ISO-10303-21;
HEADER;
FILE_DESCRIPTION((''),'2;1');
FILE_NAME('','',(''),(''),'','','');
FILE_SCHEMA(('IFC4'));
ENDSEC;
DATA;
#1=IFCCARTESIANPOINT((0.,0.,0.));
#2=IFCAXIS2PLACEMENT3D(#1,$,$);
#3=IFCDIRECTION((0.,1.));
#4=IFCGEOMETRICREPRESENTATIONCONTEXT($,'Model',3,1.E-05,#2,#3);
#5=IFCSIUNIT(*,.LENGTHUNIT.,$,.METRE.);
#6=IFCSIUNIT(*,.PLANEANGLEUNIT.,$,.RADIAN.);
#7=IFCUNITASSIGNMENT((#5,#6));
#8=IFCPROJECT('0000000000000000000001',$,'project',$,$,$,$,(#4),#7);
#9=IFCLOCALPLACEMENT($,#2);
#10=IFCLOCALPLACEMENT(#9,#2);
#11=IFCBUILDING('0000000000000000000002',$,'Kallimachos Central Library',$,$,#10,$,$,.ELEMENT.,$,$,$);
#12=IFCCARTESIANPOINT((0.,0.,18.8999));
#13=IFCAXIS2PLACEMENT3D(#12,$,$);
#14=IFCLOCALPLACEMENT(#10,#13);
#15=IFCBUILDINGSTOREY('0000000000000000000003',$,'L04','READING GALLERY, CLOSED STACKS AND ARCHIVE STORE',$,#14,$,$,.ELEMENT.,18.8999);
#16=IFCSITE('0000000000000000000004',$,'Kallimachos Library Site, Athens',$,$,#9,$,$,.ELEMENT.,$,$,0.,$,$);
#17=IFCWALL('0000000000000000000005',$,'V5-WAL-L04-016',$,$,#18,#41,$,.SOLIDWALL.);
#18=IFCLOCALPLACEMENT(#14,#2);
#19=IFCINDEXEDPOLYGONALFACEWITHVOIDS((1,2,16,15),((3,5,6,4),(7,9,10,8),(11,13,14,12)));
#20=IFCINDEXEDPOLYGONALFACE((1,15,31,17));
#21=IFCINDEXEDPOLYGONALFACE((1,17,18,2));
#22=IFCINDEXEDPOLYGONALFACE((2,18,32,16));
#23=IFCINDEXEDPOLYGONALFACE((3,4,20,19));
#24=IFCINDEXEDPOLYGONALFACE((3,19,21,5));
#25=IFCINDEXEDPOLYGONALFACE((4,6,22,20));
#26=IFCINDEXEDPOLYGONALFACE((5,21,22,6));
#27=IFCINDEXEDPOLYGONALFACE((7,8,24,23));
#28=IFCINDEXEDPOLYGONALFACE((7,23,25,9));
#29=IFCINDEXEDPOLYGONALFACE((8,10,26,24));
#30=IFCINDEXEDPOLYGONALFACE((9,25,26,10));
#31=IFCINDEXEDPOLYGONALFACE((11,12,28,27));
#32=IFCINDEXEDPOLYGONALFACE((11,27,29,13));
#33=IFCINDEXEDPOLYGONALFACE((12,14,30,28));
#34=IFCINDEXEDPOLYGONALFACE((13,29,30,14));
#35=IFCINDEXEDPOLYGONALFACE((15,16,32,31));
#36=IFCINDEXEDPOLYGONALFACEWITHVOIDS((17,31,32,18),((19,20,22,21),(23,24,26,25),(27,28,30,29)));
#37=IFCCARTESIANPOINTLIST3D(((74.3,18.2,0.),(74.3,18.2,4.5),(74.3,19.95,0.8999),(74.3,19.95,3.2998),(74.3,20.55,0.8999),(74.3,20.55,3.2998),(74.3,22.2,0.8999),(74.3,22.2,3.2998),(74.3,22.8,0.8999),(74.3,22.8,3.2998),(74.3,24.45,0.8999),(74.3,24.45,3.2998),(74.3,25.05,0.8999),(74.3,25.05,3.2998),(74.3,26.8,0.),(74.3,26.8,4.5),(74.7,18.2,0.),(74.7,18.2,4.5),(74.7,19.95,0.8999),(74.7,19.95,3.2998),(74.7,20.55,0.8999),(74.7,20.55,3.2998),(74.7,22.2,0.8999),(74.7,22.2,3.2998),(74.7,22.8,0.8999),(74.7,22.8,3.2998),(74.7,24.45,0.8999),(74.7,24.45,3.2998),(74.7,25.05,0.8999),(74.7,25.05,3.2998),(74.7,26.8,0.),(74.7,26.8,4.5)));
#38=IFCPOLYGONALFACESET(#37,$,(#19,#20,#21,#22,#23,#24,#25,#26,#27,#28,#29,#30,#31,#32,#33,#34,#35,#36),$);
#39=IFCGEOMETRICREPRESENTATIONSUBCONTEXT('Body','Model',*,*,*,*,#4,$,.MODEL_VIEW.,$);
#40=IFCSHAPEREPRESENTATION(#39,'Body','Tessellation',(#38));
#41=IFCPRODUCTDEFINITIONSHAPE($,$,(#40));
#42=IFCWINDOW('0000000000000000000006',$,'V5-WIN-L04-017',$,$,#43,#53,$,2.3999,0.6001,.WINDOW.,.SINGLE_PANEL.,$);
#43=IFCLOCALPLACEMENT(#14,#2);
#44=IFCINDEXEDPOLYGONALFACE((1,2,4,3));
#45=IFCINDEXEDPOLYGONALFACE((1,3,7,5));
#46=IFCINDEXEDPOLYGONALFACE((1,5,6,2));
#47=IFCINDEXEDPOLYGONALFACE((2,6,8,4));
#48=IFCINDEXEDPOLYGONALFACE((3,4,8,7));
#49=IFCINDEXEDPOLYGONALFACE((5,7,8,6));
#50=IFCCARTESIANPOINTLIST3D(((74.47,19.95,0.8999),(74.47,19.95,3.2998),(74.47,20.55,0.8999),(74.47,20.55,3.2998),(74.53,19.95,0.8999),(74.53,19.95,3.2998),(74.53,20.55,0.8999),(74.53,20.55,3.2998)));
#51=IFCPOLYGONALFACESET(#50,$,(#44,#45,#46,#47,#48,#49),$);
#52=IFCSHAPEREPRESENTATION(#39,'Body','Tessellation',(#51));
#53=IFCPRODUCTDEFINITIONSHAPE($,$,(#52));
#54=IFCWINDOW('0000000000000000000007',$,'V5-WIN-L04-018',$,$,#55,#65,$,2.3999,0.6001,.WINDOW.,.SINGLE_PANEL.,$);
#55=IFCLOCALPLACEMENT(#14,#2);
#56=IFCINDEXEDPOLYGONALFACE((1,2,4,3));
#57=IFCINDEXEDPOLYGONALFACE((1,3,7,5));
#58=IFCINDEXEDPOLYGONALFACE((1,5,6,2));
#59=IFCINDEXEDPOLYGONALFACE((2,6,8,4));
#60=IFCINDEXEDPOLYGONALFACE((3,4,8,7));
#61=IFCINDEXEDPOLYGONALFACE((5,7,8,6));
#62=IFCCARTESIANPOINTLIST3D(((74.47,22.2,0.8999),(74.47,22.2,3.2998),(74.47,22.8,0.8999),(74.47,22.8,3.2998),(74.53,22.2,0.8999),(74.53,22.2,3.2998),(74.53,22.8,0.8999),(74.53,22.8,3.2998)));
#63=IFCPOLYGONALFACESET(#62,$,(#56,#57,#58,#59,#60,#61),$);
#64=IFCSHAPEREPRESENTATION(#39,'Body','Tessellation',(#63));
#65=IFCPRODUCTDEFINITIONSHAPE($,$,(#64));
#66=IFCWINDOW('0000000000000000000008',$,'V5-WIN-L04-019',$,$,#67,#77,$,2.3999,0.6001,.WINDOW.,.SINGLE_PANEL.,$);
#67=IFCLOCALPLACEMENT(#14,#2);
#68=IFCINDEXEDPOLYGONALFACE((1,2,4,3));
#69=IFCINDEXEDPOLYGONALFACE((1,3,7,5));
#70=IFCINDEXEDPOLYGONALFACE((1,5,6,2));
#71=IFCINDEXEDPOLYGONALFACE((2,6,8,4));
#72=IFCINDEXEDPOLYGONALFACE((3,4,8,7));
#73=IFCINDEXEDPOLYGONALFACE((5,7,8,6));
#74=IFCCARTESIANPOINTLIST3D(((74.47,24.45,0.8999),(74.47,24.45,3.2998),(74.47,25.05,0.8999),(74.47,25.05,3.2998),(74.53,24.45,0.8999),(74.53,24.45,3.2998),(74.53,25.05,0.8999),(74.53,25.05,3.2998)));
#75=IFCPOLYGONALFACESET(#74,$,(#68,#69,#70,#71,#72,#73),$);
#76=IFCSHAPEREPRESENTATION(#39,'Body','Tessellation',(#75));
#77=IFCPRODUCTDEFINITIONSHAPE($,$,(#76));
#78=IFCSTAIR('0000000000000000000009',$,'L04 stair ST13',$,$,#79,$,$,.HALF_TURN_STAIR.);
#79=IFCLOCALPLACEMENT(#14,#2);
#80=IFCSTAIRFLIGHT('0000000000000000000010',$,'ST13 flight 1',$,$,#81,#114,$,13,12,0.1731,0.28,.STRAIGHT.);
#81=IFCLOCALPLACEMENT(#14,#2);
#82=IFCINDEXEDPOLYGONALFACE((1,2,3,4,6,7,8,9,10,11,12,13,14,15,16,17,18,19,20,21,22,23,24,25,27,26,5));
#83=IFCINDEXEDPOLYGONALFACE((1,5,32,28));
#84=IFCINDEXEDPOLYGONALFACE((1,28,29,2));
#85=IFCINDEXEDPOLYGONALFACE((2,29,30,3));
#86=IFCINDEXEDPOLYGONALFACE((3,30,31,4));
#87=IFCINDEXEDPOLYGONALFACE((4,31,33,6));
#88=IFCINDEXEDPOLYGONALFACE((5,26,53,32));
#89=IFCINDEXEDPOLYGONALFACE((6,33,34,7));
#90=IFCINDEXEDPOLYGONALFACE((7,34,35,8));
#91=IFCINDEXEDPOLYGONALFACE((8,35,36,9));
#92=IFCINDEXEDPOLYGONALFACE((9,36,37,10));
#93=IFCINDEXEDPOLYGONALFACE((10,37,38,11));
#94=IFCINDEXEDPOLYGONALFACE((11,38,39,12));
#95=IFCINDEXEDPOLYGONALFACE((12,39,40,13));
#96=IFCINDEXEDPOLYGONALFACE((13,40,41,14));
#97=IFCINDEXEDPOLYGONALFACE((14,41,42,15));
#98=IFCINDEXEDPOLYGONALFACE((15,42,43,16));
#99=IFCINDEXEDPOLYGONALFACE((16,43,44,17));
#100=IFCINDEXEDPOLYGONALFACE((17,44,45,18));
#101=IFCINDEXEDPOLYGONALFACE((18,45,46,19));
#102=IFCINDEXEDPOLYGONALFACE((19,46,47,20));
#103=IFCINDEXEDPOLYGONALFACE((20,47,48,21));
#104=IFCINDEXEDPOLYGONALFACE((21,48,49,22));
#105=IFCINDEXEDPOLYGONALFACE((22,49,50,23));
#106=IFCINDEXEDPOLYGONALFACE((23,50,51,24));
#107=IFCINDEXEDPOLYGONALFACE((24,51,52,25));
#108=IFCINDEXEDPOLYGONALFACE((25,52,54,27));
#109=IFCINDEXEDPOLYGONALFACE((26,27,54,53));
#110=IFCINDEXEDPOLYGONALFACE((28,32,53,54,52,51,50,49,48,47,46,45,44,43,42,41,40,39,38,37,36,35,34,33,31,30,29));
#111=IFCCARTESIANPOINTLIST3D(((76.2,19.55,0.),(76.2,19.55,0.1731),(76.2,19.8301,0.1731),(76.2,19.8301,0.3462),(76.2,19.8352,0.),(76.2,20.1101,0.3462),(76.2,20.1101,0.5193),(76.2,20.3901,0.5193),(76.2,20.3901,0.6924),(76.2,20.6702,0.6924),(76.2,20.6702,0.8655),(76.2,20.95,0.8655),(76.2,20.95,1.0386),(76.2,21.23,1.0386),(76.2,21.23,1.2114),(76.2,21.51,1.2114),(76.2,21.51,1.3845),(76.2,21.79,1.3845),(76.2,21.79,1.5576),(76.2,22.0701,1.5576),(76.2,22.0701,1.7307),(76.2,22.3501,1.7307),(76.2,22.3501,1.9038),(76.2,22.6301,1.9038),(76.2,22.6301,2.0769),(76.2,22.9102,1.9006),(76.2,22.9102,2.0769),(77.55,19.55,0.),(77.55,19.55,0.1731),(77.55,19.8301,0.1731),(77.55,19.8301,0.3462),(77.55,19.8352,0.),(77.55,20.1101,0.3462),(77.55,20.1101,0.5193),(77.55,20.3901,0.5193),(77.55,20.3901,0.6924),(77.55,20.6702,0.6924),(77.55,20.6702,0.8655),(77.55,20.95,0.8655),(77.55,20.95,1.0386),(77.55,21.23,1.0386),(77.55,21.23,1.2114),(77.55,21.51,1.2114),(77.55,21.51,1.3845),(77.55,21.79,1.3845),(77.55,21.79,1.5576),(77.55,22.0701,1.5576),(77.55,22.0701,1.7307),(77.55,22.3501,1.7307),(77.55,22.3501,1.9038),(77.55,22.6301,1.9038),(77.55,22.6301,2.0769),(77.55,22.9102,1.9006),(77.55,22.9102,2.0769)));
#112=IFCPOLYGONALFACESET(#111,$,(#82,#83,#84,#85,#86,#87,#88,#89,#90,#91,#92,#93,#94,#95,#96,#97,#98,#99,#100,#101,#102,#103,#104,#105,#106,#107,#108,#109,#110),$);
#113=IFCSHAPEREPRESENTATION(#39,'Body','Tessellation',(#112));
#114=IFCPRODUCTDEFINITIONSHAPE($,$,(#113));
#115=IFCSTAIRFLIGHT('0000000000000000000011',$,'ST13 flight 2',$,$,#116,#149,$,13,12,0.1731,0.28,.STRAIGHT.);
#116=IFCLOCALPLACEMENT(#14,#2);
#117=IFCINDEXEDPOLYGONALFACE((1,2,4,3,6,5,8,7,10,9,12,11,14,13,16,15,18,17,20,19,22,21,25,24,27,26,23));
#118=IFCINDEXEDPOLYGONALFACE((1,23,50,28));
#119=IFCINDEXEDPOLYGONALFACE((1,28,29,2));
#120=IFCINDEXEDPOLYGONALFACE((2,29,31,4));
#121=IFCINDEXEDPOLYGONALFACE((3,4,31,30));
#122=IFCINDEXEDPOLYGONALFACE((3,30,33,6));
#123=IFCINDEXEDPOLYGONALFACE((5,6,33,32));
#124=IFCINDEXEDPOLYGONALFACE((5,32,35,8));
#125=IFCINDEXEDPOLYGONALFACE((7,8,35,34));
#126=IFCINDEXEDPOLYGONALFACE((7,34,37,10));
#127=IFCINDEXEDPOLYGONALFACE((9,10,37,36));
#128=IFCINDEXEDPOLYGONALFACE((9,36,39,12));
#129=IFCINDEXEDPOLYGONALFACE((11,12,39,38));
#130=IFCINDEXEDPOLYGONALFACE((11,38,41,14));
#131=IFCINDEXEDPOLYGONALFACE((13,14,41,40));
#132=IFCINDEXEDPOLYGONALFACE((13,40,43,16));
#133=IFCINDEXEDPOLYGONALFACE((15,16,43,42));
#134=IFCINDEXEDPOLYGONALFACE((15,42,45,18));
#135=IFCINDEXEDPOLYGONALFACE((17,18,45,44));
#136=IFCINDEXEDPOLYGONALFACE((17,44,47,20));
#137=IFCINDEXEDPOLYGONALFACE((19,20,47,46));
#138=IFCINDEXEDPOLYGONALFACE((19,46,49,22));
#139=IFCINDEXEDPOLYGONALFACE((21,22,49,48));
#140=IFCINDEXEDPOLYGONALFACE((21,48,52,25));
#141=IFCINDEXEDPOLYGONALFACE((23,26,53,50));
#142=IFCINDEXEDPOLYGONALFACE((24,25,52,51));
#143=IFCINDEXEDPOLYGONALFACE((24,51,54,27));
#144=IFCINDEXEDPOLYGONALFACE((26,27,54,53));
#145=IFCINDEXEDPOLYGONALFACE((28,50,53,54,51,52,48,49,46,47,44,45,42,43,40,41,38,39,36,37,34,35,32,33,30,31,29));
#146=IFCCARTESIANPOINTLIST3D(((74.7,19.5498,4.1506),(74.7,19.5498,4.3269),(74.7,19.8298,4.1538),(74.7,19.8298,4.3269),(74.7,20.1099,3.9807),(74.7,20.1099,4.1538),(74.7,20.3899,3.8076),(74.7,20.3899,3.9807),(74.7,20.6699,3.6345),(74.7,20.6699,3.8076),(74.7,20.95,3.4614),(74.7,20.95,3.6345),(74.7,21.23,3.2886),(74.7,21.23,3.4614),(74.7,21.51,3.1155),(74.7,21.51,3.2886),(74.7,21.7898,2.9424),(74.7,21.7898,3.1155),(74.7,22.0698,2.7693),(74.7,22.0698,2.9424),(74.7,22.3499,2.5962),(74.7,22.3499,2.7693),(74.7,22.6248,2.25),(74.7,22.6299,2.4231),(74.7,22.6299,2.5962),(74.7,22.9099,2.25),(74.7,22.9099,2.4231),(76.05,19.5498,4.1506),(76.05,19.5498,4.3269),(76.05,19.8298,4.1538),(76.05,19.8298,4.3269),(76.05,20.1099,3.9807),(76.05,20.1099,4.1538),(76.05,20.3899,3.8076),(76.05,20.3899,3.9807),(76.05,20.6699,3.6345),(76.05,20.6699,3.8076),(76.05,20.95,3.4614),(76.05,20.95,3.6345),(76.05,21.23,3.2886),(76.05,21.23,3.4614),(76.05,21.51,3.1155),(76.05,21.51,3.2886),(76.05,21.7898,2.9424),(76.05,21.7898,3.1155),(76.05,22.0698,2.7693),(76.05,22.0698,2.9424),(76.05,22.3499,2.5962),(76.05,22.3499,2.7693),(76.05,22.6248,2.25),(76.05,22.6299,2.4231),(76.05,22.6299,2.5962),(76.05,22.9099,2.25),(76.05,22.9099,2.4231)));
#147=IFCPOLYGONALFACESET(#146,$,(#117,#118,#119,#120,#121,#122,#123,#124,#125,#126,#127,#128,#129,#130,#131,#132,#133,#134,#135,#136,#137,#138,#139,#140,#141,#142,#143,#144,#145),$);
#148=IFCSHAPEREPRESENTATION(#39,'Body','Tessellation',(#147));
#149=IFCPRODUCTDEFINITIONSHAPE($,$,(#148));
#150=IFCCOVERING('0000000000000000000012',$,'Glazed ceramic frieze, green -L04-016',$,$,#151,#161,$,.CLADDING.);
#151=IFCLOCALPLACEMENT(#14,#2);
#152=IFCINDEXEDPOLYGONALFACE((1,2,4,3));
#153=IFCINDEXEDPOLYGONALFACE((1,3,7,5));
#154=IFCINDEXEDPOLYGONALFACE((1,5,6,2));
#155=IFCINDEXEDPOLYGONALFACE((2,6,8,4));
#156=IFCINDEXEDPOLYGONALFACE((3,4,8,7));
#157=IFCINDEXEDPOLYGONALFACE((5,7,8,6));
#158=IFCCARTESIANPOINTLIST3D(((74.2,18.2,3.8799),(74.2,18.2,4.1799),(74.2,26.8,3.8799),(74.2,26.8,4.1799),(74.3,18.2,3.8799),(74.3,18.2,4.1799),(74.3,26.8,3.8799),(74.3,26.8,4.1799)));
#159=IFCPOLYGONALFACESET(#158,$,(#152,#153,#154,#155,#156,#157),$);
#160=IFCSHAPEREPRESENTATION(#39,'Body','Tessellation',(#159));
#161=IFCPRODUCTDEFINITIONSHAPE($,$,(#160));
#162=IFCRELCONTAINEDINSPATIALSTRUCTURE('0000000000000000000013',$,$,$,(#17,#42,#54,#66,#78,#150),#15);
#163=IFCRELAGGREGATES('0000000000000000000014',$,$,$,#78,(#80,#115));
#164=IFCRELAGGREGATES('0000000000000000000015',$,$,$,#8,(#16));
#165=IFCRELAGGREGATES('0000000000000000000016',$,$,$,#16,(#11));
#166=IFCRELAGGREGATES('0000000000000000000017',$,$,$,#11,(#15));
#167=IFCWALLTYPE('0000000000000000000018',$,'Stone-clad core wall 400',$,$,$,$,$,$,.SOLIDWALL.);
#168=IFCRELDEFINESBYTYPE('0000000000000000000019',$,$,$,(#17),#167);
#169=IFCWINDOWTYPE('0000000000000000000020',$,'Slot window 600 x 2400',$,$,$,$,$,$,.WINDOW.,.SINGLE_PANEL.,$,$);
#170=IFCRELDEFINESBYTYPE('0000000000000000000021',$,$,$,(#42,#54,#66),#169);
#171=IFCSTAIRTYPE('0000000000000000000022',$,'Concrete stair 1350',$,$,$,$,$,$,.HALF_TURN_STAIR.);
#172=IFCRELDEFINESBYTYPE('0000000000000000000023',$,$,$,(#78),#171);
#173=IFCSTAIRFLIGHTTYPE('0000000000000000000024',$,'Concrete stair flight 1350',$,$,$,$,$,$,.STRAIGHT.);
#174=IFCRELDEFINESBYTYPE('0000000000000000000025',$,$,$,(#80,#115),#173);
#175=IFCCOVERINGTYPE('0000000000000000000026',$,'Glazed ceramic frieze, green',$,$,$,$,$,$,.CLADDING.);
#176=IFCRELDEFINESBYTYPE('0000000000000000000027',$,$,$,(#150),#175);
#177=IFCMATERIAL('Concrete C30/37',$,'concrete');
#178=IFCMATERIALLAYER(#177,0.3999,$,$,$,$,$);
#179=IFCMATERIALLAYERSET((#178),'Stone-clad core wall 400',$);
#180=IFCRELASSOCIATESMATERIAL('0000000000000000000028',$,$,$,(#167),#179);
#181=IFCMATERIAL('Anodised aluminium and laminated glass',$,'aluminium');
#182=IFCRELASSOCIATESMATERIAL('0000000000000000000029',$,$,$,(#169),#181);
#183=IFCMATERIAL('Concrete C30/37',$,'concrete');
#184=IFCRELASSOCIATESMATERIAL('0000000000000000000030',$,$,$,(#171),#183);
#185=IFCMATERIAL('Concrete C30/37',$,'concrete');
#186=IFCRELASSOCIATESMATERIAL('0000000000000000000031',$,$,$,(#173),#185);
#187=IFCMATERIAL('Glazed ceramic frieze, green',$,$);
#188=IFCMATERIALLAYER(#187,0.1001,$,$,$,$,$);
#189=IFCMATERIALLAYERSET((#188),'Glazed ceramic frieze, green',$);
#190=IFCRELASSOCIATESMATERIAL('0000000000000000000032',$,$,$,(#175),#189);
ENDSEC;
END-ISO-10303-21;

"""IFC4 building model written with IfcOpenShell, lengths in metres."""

from ifc_helpers import new_model, si_unit, direction, frame, frame_2d, origin, origin_2d, place, context, subcontext, project, spatial, polyline, rectangle, outline, extrude, material, layer, layer_set, type_object, element, fill, aggregate, save


model = new_model("IFC4")

# Units and contexts
model_context = context("Model", 3, precision=1e-05, world=origin(), true_north=direction((0.0, 1.0)))
body_context = subcontext(model_context, "Body", "Model", "MODEL_VIEW")
ifc_project = project(units=[si_unit("LENGTHUNIT", "METRE"), si_unit("PLANEANGLEUNIT", "RADIAN")], contexts=[model_context])

# Site, building, storey
site_placement = place(None, origin())
site = spatial("IfcSite", under=ifc_project, at=site_placement, Name="Kallimachos Library Site, Athens", CompositionType="ELEMENT", RefElevation=0.0)
building_placement = place(site_placement, origin())
building = spatial("IfcBuilding", under=site, at=building_placement, Name="Kallimachos Central Library", CompositionType="ELEMENT")
storey_placement = place(building_placement, frame((0.0, 0.0, 18.8999)))
storey = spatial("IfcBuildingStorey", under=building, at=storey_placement, Name="L04", Description="READING GALLERY, CLOSED STACKS AND ARCHIVE STORE", CompositionType="ELEMENT", Elevation=18.8999)

# Wall, openings, windows
ifc_material_1 = material(Name="Concrete C30/37", Category="concrete")
ifc_layer_1 = layer(ifc_material_1, 0.3999)
ifc_layer_set_1 = layer_set([ifc_layer_1], Name="Stone-clad core wall 400")
wall_type_1 = type_object("IfcWallType", Name="Stone-clad core wall 400", PredefinedType="SOLIDWALL", material=ifc_layer_set_1)
ifc_material_2 = material(Name="Anodised aluminium and laminated glass", Category="aluminium")
window_type = type_object("IfcWindowType", Name="Slot window 600 x 2400", PartitioningType="SINGLE_PANEL", PredefinedType="WINDOW", material=ifc_material_2)
wall_1_placement = place(storey_placement, frame((74.5, 18.2, 0.0), z_axis=(0.0, 0.0, 1.0), x_axis=(0.0, 1.0, 0.0)))
wall_1 = element("IfcWall", 1, at=wall_1_placement, inside=storey, type_object=wall_type_1, Name="V5-WAL-L04-016", PredefinedType="SOLIDWALL", context=body_context, shape_type="SweptSolid", body=[
    extrude(rectangle(XDim=8.6001, YDim=0.3999, at=frame_2d((4.3, 0.0))), origin(), (0.0, 0.0, 1.0), 4.5),
])
opening_1_placement = place(wall_1_placement, frame((1.75, 0.0, 0.8999)))
opening_1 = element("IfcOpeningElement", 2, at=opening_1_placement, cuts=wall_1, PredefinedType="OPENING", context=body_context, shape_type="SweptSolid", body=[
    extrude(rectangle(XDim=0.6001, YDim=2.3999, at=frame_2d((0.3, 1.2))), frame((0.0, 0.21, 0.0), z_axis=(0.0, -1.0, 0.0), x_axis=(1.0, 0.0, 0.0)), (0.0, 0.0, 1.0), 0.4199),
])
opening_2_placement = place(wall_1_placement, frame((4.0, 0.0, 0.8999)))
opening_2 = element("IfcOpeningElement", 3, at=opening_2_placement, cuts=wall_1, PredefinedType="OPENING", context=body_context, shape_type="SweptSolid", body=[
    extrude(rectangle(XDim=0.6001, YDim=2.3999, at=frame_2d((0.3, 1.2))), frame((0.0, 0.21, 0.0), z_axis=(0.0, -1.0, 0.0), x_axis=(1.0, 0.0, 0.0)), (0.0, 0.0, 1.0), 0.4199),
])
opening_3_placement = place(wall_1_placement, frame((6.25, 0.0, 0.8999)))
opening_3 = element("IfcOpeningElement", 4, at=opening_3_placement, cuts=wall_1, PredefinedType="OPENING", context=body_context, shape_type="SweptSolid", body=[
    extrude(rectangle(XDim=0.6001, YDim=2.3999, at=frame_2d((0.3, 1.2))), frame((0.0, 0.21, 0.0), z_axis=(0.0, -1.0, 0.0), x_axis=(1.0, 0.0, 0.0)), (0.0, 0.0, 1.0), 0.4199),
])
window_1_placement = place(opening_1_placement, origin())
window_1 = element("IfcWindow", 5, at=window_1_placement, inside=storey, type_object=window_type, Name="V5-WIN-L04-017", OverallHeight=2.3999, OverallWidth=0.6001, PartitioningType="SINGLE_PANEL", PredefinedType="WINDOW", context=body_context, shape_type="SweptSolid", body=[
    extrude(rectangle(XDim=0.6001, YDim=2.3999, at=frame_2d((0.3, 1.2))), frame((0.0, 0.03, 0.0), z_axis=(0.0, -1.0, 0.0), x_axis=(1.0, 0.0, 0.0)), (0.0, 0.0, 1.0), 0.0601),
])
fill(opening_1, window_1)
window_2_placement = place(opening_2_placement, origin())
window_2 = element("IfcWindow", 6, at=window_2_placement, inside=storey, type_object=window_type, Name="V5-WIN-L04-018", OverallHeight=2.3999, OverallWidth=0.6001, PartitioningType="SINGLE_PANEL", PredefinedType="WINDOW", context=body_context, shape_type="SweptSolid", body=[
    extrude(rectangle(XDim=0.6001, YDim=2.3999, at=frame_2d((0.3, 1.2))), frame((0.0, 0.03, 0.0), z_axis=(0.0, -1.0, 0.0), x_axis=(1.0, 0.0, 0.0)), (0.0, 0.0, 1.0), 0.0601),
])
fill(opening_2, window_2)
window_3_placement = place(opening_3_placement, origin())
window_3 = element("IfcWindow", 7, at=window_3_placement, inside=storey, type_object=window_type, Name="V5-WIN-L04-019", OverallHeight=2.3999, OverallWidth=0.6001, PartitioningType="SINGLE_PANEL", PredefinedType="WINDOW", context=body_context, shape_type="SweptSolid", body=[
    extrude(rectangle(XDim=0.6001, YDim=2.3999, at=frame_2d((0.3, 1.2))), frame((0.0, 0.03, 0.0), z_axis=(0.0, -1.0, 0.0), x_axis=(1.0, 0.0, 0.0)), (0.0, 0.0, 1.0), 0.0601),
])
fill(opening_3, window_3)

# Stair, stair flights
ifc_material_3 = material(Name="Concrete C30/37", Category="concrete")
stair_type = type_object("IfcStairType", Name="Concrete stair 1350", PredefinedType="HALF_TURN_STAIR", material=ifc_material_3)
stair_placement = place(storey_placement, origin())
stair = element("IfcStair", 8, at=stair_placement, inside=storey, type_object=stair_type, Name="L04 stair ST13", PredefinedType="HALF_TURN_STAIR")
ifc_material_4 = material(Name="Concrete C30/37", Category="concrete")
stair_flight_type = type_object("IfcStairFlightType", Name="Concrete stair flight 1350", PredefinedType="STRAIGHT", material=ifc_material_4)
stair_flight_1_placement = place(storey_placement, frame((76.875, 19.55, 0.0), z_axis=(0.0, 0.0, 1.0), x_axis=(0.0, 1.0, 0.0)))
stair_flight_1 = element("IfcStairFlight", 9, at=stair_flight_1_placement, type_object=stair_flight_type, Name="ST13 flight 1", NumberOfRisers=13, NumberOfTreads=12, PredefinedType="STRAIGHT", RiserHeight=0.1731, TreadLength=0.28, context=body_context, shape_type="SweptSolid", body=[
    extrude(outline(polyline([(0.0, 0.0), (0.0, 0.1731), (0.28, 0.1731), (0.28, 0.3462), (0.5601, 0.3462), (0.5601, 0.5193), (0.8401, 0.5193), (0.8401, 0.6924), (1.1201, 0.6924), (1.1201, 0.8655), (1.3999, 0.8655), (1.3999, 1.0386), (1.6799, 1.0386), (1.6799, 1.2114), (1.96, 1.2114), (1.96, 1.3845), (2.24, 1.3845), (2.24, 1.5576), (2.52, 1.5576), (2.52, 1.7307), (2.8, 1.7307), (2.8, 1.9038), (3.0801, 1.9038), (3.0801, 2.0769), (3.3601, 2.0769), (3.3601, 2.25), (3.3601, 1.9006), (0.2852, 0.0), (0.0, 0.0)])), frame((0.0, 0.675, 0.0), z_axis=(0.0, -1.0, 0.0), x_axis=(1.0, 0.0, 0.0)), (0.0, 0.0, 1.0), 1.3501),
])
stair_flight_2_placement = place(storey_placement, frame((75.375, 22.9099, 2.25), z_axis=(0.0, 0.0, 1.0), x_axis=(0.0, -1.0, 0.0)))
stair_flight_2 = element("IfcStairFlight", 10, at=stair_flight_2_placement, type_object=stair_flight_type, Name="ST13 flight 2", NumberOfRisers=13, NumberOfTreads=12, PredefinedType="STRAIGHT", RiserHeight=0.1731, TreadLength=0.28, context=body_context, shape_type="SweptSolid", body=[
    extrude(outline(polyline([(0.0, 0.0), (0.0, 0.1731), (0.28, 0.1731), (0.28, 0.3462), (0.5601, 0.3462), (0.5601, 0.5193), (0.8401, 0.5193), (0.8401, 0.6924), (1.1201, 0.6924), (1.1201, 0.8655), (1.3999, 0.8655), (1.3999, 1.0386), (1.6799, 1.0386), (1.6799, 1.2114), (1.96, 1.2114), (1.96, 1.3845), (2.24, 1.3845), (2.24, 1.5576), (2.52, 1.5576), (2.52, 1.7307), (2.8, 1.7307), (2.8, 1.9038), (3.0801, 1.9038), (3.0801, 2.0769), (3.3601, 2.0769), (3.3601, 2.25), (3.3601, 1.9006), (0.2852, 0.0), (0.0, 0.0)])), frame((0.0, 0.675, 0.0), z_axis=(0.0, -1.0, 0.0), x_axis=(1.0, 0.0, 0.0)), (0.0, 0.0, 1.0), 1.3501),
])
aggregate(stair, [stair_flight_1, stair_flight_2])

# Covering
ifc_material_5 = material(Name="Glazed ceramic frieze, green")
ifc_layer_2 = layer(ifc_material_5, 0.1001)
ifc_layer_set_2 = layer_set([ifc_layer_2], Name="Glazed ceramic frieze, green")
covering_type_1 = type_object("IfcCoveringType", Name="Glazed ceramic frieze, green", PredefinedType="CLADDING", material=ifc_layer_set_2)
covering_1_placement = place(storey_placement, frame((74.25, 22.5, 3.8799), z_axis=(0.0, 0.0, 1.0), x_axis=(1.0, 0.0, 0.0)))
element("IfcCovering", 11, at=covering_1_placement, inside=storey, type_object=covering_type_1, Name="Glazed ceramic frieze, green -L04-016", PredefinedType="CLADDING", context=body_context, shape_type="SweptSolid", body=[
    extrude(rectangle(XDim=0.1001, YDim=8.6001, at=origin_2d()), origin(), (0.0, 0.0, 1.0), 0.3),
])

save(model, "model.ifc")
